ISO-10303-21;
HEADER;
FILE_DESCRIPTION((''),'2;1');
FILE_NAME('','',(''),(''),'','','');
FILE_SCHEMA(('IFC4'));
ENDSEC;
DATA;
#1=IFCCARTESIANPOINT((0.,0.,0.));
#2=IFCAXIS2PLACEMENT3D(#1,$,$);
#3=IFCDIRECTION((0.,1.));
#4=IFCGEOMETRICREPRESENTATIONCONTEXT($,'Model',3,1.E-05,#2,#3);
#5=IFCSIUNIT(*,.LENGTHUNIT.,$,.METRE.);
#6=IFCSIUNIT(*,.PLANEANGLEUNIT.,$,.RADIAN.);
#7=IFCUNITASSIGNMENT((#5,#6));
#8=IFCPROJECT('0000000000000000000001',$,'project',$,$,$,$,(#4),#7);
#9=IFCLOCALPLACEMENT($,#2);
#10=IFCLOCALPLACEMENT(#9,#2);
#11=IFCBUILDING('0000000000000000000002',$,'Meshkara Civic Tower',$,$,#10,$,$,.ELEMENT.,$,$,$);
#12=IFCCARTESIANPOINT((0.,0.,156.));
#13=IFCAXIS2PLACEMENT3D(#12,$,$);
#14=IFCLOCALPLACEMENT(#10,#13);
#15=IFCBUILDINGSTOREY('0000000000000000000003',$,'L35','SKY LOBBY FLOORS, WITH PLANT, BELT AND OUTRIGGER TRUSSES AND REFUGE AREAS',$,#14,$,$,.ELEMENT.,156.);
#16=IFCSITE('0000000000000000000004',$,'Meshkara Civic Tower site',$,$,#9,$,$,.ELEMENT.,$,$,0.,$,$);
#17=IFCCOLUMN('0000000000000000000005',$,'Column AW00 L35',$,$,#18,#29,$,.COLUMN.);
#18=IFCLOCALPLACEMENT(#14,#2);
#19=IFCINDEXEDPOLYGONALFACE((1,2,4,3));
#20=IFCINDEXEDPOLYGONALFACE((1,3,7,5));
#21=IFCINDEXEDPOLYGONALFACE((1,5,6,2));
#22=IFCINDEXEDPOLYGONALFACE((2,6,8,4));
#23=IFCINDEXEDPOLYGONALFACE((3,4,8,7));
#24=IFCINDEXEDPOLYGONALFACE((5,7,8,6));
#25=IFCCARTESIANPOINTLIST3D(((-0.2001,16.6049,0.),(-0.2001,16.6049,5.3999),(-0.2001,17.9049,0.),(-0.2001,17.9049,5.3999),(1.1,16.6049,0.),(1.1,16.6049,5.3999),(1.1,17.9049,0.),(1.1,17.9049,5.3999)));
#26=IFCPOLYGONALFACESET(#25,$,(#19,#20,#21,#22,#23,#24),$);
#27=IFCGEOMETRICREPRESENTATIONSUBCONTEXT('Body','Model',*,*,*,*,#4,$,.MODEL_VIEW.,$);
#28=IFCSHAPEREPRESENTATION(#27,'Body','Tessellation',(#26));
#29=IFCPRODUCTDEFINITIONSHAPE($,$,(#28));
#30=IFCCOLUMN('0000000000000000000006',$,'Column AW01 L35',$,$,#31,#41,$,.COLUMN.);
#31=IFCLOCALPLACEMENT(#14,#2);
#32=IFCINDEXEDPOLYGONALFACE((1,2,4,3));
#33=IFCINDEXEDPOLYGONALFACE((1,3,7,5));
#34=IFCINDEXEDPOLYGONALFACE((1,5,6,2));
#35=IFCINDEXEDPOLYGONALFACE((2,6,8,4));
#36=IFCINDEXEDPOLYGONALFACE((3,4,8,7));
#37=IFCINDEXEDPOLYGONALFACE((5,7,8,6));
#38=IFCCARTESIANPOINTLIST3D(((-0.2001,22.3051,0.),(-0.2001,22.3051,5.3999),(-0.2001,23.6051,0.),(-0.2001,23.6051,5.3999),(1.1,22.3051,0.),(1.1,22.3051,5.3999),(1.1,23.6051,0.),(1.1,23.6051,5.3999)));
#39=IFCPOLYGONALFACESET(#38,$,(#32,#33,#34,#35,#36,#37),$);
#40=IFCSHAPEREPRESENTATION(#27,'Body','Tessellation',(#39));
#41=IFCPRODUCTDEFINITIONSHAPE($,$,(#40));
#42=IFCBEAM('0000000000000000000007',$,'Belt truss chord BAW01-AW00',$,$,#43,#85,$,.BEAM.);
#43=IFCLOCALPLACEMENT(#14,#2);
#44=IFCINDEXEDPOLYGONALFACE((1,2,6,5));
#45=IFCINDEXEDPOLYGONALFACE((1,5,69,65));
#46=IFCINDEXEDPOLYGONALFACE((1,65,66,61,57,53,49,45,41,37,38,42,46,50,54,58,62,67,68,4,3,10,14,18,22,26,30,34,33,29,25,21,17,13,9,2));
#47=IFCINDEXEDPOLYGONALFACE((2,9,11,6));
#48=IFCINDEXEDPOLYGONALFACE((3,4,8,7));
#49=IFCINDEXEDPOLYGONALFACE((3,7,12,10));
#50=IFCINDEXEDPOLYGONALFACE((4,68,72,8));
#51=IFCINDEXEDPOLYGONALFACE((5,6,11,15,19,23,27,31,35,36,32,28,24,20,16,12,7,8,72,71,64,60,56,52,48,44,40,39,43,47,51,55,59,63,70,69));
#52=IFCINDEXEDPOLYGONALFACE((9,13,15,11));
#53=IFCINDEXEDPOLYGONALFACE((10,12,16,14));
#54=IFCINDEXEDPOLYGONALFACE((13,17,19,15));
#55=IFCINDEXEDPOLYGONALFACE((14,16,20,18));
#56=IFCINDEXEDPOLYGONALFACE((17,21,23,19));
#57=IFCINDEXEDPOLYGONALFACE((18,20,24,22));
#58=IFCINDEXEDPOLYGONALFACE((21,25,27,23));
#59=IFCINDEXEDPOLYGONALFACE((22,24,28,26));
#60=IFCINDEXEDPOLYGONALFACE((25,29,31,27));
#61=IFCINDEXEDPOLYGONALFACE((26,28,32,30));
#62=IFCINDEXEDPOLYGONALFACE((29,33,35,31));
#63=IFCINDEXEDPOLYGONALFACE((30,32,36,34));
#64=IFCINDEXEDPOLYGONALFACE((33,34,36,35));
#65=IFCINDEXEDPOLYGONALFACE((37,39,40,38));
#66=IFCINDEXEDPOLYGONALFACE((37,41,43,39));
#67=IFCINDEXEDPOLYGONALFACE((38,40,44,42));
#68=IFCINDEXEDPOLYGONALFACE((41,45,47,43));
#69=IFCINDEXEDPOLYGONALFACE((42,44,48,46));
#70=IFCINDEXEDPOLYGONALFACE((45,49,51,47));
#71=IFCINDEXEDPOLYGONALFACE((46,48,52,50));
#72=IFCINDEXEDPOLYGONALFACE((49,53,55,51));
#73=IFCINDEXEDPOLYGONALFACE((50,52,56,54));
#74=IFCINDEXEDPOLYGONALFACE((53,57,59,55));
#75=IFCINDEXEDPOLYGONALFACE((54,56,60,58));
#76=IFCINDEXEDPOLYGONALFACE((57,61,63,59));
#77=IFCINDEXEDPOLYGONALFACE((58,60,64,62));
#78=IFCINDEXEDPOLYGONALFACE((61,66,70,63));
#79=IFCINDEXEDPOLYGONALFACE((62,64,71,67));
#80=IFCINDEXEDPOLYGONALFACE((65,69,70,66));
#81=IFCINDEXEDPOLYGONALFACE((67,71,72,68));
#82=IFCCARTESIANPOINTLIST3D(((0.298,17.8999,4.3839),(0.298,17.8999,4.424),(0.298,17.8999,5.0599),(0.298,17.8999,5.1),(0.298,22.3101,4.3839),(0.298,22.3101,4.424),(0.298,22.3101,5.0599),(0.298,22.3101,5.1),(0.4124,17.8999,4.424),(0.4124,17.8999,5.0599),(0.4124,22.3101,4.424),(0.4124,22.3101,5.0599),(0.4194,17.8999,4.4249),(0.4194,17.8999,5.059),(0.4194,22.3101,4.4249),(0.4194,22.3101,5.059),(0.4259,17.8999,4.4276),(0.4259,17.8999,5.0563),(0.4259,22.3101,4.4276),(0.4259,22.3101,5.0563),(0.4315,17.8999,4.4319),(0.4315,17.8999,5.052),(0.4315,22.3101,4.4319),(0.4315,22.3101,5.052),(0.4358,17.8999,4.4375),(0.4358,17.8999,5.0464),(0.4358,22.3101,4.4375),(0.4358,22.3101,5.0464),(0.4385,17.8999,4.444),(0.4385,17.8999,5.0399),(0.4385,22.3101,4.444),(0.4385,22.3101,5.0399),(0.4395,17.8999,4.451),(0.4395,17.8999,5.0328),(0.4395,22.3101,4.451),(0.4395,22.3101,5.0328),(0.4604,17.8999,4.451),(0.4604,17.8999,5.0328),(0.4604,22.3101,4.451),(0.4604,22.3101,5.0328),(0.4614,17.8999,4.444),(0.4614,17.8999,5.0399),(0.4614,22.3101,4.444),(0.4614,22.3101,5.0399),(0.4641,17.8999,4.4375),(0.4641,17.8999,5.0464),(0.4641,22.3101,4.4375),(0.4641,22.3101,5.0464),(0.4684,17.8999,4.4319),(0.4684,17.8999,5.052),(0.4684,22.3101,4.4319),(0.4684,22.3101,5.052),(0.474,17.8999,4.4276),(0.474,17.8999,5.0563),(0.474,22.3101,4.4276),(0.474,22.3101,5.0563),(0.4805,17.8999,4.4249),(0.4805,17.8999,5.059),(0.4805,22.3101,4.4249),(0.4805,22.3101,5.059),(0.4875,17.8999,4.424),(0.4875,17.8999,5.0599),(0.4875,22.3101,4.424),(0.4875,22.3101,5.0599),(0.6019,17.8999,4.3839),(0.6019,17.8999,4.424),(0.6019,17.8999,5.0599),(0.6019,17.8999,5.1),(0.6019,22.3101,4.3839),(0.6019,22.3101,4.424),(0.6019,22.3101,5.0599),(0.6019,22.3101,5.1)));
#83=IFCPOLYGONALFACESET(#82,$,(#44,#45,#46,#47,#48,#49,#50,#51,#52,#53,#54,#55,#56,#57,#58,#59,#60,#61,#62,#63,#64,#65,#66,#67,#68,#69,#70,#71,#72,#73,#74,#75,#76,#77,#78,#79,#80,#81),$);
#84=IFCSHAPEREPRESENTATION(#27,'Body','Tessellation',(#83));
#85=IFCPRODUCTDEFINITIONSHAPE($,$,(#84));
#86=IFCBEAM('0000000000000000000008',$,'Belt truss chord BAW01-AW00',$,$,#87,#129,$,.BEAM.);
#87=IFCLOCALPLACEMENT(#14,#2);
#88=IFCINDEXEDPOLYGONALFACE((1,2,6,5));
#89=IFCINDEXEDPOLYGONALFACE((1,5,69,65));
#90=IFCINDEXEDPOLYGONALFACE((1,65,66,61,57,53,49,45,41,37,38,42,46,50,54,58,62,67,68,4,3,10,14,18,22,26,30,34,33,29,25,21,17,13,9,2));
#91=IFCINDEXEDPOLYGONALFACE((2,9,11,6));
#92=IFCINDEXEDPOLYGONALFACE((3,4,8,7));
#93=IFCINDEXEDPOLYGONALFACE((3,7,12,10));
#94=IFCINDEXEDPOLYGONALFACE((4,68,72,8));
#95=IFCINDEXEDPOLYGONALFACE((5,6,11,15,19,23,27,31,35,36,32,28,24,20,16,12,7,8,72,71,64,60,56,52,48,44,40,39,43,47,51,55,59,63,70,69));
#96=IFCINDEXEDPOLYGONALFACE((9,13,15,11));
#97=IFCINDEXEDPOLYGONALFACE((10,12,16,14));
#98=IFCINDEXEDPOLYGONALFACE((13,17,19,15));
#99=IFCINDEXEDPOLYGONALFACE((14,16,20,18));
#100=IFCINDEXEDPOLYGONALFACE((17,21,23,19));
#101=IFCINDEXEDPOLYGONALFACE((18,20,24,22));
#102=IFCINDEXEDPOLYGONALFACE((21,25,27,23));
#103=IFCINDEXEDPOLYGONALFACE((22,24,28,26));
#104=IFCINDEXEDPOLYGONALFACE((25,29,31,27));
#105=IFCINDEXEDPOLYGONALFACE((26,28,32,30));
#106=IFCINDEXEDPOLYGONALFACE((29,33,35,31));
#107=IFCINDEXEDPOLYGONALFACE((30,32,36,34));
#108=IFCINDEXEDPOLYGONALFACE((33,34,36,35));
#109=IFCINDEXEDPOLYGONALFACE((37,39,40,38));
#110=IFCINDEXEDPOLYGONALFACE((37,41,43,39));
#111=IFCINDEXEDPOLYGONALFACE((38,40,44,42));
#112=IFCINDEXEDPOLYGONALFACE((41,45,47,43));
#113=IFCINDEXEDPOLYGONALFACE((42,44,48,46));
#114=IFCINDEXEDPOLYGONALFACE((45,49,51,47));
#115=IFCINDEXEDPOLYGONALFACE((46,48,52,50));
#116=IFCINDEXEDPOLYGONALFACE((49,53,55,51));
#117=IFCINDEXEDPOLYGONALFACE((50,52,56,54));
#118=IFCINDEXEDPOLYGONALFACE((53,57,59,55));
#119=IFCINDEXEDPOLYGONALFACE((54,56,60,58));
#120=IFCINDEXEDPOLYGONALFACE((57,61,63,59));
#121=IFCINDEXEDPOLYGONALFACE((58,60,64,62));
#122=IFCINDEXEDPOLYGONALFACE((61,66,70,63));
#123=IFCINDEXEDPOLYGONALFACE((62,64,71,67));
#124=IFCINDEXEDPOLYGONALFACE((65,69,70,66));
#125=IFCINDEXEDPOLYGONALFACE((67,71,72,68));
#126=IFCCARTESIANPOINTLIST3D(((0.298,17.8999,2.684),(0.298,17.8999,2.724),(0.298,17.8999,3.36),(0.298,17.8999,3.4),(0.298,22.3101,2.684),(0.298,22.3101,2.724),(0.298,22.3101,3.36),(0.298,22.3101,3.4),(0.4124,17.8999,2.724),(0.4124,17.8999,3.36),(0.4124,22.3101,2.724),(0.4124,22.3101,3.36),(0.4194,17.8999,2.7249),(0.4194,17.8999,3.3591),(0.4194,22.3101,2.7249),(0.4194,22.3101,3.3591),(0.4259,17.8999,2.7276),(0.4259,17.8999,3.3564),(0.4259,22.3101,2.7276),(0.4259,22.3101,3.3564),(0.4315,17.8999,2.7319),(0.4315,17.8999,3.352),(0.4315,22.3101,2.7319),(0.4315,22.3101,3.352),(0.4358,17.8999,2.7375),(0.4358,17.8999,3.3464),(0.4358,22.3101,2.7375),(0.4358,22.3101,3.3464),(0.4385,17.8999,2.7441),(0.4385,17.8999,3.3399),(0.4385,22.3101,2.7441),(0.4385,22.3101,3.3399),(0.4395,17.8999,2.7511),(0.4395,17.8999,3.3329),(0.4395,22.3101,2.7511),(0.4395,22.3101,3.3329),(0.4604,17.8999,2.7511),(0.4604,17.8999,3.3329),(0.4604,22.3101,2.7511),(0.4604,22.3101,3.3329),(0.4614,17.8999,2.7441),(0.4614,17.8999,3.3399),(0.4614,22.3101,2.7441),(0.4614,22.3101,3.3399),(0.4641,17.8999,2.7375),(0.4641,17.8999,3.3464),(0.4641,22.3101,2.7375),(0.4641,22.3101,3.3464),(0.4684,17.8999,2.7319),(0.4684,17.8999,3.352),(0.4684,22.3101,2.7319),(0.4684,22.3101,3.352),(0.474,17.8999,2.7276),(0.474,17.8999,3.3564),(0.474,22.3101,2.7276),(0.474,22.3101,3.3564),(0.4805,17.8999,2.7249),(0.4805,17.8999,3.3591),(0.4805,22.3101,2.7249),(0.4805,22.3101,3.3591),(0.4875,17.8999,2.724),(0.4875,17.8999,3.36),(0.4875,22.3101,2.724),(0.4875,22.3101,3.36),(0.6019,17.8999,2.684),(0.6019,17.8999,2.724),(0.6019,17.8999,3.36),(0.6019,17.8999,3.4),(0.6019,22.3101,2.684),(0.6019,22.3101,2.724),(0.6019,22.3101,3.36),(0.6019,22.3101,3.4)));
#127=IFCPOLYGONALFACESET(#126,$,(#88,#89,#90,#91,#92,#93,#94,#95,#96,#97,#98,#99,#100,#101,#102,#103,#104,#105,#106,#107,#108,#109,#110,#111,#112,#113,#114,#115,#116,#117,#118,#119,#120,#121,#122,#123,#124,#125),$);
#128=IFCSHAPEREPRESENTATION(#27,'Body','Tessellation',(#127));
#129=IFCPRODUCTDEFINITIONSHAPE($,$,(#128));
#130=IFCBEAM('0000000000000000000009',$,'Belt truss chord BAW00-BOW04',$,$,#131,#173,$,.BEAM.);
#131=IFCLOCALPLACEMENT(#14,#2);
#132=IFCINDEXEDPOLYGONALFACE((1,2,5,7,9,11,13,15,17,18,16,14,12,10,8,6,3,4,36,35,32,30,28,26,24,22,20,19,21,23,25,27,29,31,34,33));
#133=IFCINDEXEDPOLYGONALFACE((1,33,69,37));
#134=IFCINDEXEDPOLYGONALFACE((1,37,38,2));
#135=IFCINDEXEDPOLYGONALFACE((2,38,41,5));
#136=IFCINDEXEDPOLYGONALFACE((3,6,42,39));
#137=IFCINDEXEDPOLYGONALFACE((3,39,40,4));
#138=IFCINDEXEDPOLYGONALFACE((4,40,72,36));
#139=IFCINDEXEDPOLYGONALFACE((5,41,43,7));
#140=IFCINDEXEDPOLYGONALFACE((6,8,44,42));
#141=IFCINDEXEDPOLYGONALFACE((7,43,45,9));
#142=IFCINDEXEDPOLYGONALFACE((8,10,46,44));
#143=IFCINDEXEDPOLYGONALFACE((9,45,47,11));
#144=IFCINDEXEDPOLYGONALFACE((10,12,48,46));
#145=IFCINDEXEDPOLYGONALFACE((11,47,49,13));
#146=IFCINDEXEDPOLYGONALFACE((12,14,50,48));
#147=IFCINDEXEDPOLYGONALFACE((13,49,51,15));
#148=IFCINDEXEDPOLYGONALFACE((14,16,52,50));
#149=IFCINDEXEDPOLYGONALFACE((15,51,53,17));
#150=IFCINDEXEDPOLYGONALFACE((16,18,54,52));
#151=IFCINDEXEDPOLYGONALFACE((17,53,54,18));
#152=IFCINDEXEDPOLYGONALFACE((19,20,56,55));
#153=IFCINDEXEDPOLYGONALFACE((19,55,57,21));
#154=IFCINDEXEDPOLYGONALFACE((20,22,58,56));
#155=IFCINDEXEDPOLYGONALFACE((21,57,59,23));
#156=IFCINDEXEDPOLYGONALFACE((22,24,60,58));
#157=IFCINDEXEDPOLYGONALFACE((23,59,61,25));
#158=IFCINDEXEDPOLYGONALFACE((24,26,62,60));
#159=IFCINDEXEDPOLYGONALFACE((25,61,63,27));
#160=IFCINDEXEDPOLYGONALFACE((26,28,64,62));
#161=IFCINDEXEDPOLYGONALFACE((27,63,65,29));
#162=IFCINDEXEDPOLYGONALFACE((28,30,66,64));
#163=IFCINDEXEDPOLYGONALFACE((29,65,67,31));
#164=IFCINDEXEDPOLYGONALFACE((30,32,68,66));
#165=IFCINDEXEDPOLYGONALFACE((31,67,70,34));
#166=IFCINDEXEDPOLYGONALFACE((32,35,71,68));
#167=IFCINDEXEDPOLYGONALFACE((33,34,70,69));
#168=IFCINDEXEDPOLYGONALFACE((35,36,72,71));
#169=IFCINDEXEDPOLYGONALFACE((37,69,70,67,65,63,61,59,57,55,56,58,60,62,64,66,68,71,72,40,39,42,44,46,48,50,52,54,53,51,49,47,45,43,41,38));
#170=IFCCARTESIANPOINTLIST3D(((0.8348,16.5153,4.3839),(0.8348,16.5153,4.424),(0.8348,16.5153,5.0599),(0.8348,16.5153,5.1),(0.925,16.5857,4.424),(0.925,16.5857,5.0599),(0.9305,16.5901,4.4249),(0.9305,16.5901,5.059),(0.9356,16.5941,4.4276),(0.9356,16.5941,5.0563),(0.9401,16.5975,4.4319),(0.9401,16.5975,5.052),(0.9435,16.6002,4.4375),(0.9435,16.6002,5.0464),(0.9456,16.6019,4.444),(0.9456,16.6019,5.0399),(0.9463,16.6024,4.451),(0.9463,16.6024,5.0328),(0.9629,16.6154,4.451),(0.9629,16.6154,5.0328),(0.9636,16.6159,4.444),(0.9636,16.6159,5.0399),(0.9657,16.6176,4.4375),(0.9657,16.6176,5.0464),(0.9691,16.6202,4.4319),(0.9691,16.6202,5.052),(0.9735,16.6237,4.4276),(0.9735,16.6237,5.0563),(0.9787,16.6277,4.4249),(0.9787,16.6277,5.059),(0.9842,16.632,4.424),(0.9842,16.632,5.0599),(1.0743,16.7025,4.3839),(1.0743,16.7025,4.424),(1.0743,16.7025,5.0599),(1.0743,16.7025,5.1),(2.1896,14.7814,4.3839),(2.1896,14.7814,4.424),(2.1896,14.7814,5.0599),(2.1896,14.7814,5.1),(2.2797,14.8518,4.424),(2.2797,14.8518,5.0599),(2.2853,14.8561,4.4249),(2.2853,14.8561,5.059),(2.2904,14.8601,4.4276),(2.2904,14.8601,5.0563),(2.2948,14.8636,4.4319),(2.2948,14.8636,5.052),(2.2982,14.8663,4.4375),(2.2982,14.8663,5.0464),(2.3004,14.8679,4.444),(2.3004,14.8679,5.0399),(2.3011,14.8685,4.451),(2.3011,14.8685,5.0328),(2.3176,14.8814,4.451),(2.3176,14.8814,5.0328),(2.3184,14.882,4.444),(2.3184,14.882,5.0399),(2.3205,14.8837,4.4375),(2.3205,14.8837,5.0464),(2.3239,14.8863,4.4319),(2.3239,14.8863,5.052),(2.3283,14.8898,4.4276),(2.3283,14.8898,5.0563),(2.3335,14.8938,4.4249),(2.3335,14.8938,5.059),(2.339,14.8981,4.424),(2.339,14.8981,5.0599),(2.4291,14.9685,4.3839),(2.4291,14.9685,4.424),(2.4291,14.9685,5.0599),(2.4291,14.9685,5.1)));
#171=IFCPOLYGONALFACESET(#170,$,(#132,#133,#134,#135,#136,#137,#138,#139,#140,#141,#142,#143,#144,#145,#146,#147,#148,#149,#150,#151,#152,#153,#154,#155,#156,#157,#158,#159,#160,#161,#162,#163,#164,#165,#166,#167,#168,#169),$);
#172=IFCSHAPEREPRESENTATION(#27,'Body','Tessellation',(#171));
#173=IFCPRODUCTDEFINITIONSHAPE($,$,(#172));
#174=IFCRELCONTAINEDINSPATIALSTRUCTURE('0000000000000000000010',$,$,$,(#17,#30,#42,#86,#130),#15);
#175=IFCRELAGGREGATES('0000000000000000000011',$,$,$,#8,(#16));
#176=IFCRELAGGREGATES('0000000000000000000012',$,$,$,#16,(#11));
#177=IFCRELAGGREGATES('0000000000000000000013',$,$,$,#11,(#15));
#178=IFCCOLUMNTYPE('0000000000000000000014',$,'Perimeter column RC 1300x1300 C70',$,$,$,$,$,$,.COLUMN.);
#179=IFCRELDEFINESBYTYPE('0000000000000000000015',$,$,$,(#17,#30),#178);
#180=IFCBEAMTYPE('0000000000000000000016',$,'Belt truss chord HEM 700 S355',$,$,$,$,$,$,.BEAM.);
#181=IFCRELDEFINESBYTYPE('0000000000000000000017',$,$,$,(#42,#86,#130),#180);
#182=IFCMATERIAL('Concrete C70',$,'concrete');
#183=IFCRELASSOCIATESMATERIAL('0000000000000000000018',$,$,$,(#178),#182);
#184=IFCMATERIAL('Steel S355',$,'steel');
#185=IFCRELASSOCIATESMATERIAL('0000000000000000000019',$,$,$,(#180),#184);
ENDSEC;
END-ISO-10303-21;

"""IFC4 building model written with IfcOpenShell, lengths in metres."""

from ifc_helpers import new_model, si_unit, direction, frame, origin, origin_2d, place, context, subcontext, project, spatial, rectangle, i_section, extrude, material, material_profile, profile_set, type_object, element, save


model = new_model("IFC4")

# Units and contexts
model_context = context("Model", 3, precision=1e-05, world=origin(), true_north=direction((0.0, 1.0)))
body_context = subcontext(model_context, "Body", "Model", "MODEL_VIEW")
ifc_project = project(units=[si_unit("LENGTHUNIT", "METRE"), si_unit("PLANEANGLEUNIT", "RADIAN")], contexts=[model_context])

# Site, building, storey
site_placement = place(None, origin())
site = spatial("IfcSite", under=ifc_project, at=site_placement, Name="Meshkara Civic Tower site", CompositionType="ELEMENT", RefElevation=0.0)
building_placement = place(site_placement, origin())
building = spatial("IfcBuilding", under=site, at=building_placement, Name="Meshkara Civic Tower", CompositionType="ELEMENT")
storey_placement = place(building_placement, frame((0.0, 0.0, 156.0)))
storey = spatial("IfcBuildingStorey", under=building, at=storey_placement, Name="L35", Description="SKY LOBBY FLOORS, WITH PLANT, BELT AND OUTRIGGER TRUSSES AND REFUGE AREAS", CompositionType="ELEMENT", Elevation=156.0)

# Columns
ifc_material_1 = material(Name="Concrete C70", Category="concrete")
ifc_material_profile_1 = material_profile(ifc_material_1, rectangle(XDim=1.3, YDim=1.3, at=origin_2d()))
ifc_profile_set_1 = profile_set([ifc_material_profile_1], Name="Concrete C70")
column_type = type_object("IfcColumnType", Name="Perimeter column RC 1300x1300 C70", PredefinedType="COLUMN", material=ifc_profile_set_1)
for number, where, z_axis, x_axis, name in (
    (1, (0.45, 17.2549, 0.0), (0.0, 0.0, 1.0), (1.0, 0.0, 0.0), "Column AW00 L35"),
    (2, (0.45, 22.9551, 0.0), (0.0, 0.0, 1.0), (1.0, 0.0, 0.0), "Column AW01 L35"),
):
    element("IfcColumn", number, at=place(storey_placement, frame(where, z_axis=z_axis, x_axis=x_axis)), inside=storey, type_object=column_type, Name=name, PredefinedType="COLUMN", context=body_context, shape_type="SweptSolid", body=[
        extrude(rectangle(XDim=1.3, YDim=1.3, at=origin_2d()), origin(), (0.0, 0.0, 1.0), 5.3999),
    ])

# Beams
ifc_material_2 = material(Name="Steel S355", Category="steel")
ifc_material_profile_2 = material_profile(ifc_material_2, i_section(OverallWidth=0.304, OverallDepth=0.7161, WebThickness=0.021, FlangeThickness=0.04, FilletRadius=0.0271, at=origin_2d()))
ifc_profile_set_2 = profile_set([ifc_material_profile_2], Name="Steel S355")
beam_type = type_object("IfcBeamType", Name="Belt truss chord HEM 700 S355", PredefinedType="BEAM", material=ifc_profile_set_2)
for number, where, z_axis, x_axis, name in (
    (3, (0.45, 22.3101, 4.7419), (0.0, -1.0, 0.0), (1.0, 0.0, 0.0), "Belt truss chord BAW01-AW00"),
    (4, (0.45, 22.3101, 3.042), (0.0, -1.0, 0.0), (1.0, 0.0, 0.0), "Belt truss chord BAW01-AW00"),
):
    element("IfcBeam", number, at=place(storey_placement, frame(where, z_axis=z_axis, x_axis=x_axis)), inside=storey, type_object=beam_type, Name=name, PredefinedType="BEAM", context=body_context, shape_type="SweptSolid", body=[
        extrude(i_section(OverallWidth=0.304, OverallDepth=0.7161, WebThickness=0.021, FlangeThickness=0.04, FilletRadius=0.0271, at=origin_2d()), origin(), (0.0, 0.0, 1.0), 4.4102),
    ])
for number, where, z_axis, x_axis, name in (
    (5, (0.9546, 16.6089, 4.7419), (0.615683, -0.787994, 0.0), (0.787994, 0.615683, 0.0), "Belt truss chord BAW00-BOW04"),
):
    element("IfcBeam", number, at=place(storey_placement, frame(where, z_axis=z_axis, x_axis=x_axis)), inside=storey, type_object=beam_type, Name=name, PredefinedType="BEAM", context=body_context, shape_type="SweptSolid", body=[
        extrude(i_section(OverallWidth=0.304, OverallDepth=0.7161, WebThickness=0.021, FlangeThickness=0.04, FilletRadius=0.0271, at=origin_2d()), origin(), (0.0, 0.0, 1.0), 2.2004),
    ])

save(model, "model.ifc")
